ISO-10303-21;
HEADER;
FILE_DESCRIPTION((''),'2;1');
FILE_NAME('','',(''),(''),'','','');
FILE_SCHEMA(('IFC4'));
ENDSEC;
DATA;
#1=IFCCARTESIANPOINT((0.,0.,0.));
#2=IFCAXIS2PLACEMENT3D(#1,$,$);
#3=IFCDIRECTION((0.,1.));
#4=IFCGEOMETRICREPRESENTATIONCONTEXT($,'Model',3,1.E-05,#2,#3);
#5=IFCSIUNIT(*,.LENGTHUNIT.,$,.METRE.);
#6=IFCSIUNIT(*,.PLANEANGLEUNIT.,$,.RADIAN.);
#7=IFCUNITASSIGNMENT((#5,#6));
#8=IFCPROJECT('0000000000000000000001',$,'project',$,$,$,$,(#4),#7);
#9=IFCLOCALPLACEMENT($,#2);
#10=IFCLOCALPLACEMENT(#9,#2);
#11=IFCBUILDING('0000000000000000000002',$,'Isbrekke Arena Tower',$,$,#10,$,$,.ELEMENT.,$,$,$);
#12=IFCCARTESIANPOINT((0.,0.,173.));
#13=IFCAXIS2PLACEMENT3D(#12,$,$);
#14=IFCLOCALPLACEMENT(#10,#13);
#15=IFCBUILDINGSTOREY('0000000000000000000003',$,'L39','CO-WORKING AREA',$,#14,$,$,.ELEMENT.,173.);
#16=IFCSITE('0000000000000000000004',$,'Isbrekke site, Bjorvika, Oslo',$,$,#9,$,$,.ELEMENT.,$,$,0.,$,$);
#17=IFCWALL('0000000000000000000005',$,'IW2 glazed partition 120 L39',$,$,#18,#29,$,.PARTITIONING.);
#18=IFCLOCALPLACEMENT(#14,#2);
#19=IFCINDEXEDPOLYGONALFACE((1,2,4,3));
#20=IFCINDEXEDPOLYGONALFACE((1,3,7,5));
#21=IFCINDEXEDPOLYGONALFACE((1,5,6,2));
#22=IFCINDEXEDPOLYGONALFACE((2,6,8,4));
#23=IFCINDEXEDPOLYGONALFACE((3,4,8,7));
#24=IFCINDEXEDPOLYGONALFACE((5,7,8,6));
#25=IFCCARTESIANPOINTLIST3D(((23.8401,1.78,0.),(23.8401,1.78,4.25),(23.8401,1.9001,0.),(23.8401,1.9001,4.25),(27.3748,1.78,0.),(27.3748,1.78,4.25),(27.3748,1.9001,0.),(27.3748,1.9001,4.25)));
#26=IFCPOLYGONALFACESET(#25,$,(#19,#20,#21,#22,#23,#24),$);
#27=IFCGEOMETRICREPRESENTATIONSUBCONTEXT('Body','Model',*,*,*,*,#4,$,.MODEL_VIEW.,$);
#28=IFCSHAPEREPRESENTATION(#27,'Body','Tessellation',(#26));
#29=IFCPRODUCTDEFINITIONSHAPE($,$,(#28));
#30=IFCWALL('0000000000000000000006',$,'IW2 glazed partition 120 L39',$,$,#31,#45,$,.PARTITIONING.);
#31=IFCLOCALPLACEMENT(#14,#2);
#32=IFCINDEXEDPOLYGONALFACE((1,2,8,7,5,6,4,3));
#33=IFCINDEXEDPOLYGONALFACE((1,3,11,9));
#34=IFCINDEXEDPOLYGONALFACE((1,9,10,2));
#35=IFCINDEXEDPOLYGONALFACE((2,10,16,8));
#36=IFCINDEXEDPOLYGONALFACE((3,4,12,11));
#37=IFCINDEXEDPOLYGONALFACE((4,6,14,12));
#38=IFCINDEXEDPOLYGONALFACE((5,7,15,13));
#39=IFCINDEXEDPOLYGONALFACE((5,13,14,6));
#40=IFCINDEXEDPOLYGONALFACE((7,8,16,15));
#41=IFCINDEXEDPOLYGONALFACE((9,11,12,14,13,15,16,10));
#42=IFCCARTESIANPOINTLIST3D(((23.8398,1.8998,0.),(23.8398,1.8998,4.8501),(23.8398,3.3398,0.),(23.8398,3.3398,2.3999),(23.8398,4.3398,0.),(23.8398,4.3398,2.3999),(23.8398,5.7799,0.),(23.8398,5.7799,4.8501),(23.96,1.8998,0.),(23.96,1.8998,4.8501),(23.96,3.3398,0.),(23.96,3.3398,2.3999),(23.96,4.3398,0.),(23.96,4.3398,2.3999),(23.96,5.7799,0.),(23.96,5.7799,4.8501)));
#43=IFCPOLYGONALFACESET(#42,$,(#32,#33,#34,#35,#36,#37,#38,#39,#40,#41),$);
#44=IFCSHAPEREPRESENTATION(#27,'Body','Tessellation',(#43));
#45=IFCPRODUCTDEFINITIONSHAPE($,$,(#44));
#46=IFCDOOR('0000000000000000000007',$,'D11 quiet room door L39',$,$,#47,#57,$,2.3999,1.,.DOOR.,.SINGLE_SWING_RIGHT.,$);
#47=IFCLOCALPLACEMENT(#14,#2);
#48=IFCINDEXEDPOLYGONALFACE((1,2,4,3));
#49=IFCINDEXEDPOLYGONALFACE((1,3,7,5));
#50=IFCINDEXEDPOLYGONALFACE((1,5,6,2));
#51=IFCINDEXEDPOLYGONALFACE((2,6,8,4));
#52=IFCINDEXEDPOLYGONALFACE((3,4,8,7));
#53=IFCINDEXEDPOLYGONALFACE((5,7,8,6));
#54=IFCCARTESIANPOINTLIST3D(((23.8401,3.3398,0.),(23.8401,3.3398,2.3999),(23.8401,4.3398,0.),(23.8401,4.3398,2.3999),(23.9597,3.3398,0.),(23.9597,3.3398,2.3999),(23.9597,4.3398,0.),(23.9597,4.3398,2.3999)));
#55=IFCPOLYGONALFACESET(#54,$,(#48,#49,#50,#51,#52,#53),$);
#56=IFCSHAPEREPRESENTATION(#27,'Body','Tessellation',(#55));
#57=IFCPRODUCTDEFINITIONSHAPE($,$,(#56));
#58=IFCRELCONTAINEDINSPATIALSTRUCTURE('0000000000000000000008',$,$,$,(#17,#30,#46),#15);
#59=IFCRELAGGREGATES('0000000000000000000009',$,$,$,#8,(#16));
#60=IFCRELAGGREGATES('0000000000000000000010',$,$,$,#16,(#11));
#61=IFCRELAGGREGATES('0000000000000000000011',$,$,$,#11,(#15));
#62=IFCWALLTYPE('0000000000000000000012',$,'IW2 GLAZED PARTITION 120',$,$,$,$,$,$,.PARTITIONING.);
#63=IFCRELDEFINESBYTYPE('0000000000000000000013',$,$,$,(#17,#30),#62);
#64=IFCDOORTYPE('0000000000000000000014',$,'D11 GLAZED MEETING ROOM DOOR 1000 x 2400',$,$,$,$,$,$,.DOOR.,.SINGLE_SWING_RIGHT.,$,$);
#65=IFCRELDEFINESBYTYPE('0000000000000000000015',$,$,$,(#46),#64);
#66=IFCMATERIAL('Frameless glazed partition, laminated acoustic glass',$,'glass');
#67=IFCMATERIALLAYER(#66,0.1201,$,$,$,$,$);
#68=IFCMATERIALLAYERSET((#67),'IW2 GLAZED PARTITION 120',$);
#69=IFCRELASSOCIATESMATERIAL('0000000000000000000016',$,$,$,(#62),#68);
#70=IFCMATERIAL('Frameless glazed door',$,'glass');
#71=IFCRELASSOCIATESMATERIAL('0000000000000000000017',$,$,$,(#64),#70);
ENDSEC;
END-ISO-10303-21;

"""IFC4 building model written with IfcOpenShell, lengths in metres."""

from ifc_helpers import new_model, si_unit, direction, frame, frame_2d, origin, place, context, subcontext, project, spatial, rectangle, extrude, material, layer, layer_set, type_object, element, fill, save


model = new_model("IFC4")

# Units and contexts
model_context = context("Model", 3, precision=1e-05, world=origin(), true_north=direction((0.0, 1.0)))
body_context = subcontext(model_context, "Body", "Model", "MODEL_VIEW")
ifc_project = project(units=[si_unit("LENGTHUNIT", "METRE"), si_unit("PLANEANGLEUNIT", "RADIAN")], contexts=[model_context])

# Site, building, storey
site_placement = place(None, origin())
site = spatial("IfcSite", under=ifc_project, at=site_placement, Name="Isbrekke site, Bjorvika, Oslo", CompositionType="ELEMENT", RefElevation=0.0)
building_placement = place(site_placement, origin())
building = spatial("IfcBuilding", under=site, at=building_placement, Name="Isbrekke Arena Tower", CompositionType="ELEMENT")
storey_placement = place(building_placement, frame((0.0, 0.0, 173.0)))
storey = spatial("IfcBuildingStorey", under=building, at=storey_placement, Name="L39", Description="CO-WORKING AREA", CompositionType="ELEMENT", Elevation=173.0)

# Wall
ifc_material_1 = material(Name="Frameless glazed partition, laminated acoustic glass", Category="glass")
ifc_layer_1 = layer(ifc_material_1, 0.1201)
ifc_layer_set_1 = layer_set([ifc_layer_1], Name="IW2 GLAZED PARTITION 120")
wall_type = type_object("IfcWallType", Name="IW2 GLAZED PARTITION 120", PredefinedType="PARTITIONING", material=ifc_layer_set_1)
wall_1_placement = place(storey_placement, frame((23.8401, 1.8401, 0.0), z_axis=(0.0, 0.0, 1.0), x_axis=(1.0, 0.0, 0.0)))
element("IfcWall", 1, at=wall_1_placement, inside=storey, type_object=wall_type, Name="IW2 glazed partition 120 L39", PredefinedType="PARTITIONING", context=body_context, shape_type="SweptSolid", body=[
    extrude(rectangle(XDim=3.5347, YDim=0.1201, at=frame_2d((1.7673, 0.0))), origin(), (0.0, 0.0, 1.0), 4.25),
])

# Wall, opening, door
wall_2_placement = place(storey_placement, frame((23.8999, 1.8999, 0.0), z_axis=(0.0, 0.0, 1.0), x_axis=(0.0, 1.0, 0.0)))
wall_2 = element("IfcWall", 2, at=wall_2_placement, inside=storey, type_object=wall_type, Name="IW2 glazed partition 120 L39", PredefinedType="PARTITIONING", context=body_context, shape_type="SweptSolid", body=[
    extrude(rectangle(XDim=3.8801, YDim=0.1201, at=frame_2d((1.9399, 0.0))), origin(), (0.0, 0.0, 1.0), 4.8501),
])
opening_placement = place(wall_2_placement, frame((1.4399, 0.0, 0.0)))
opening = element("IfcOpeningElement", 3, at=opening_placement, cuts=wall_2, PredefinedType="OPENING", context=body_context, shape_type="SweptSolid", body=[
    extrude(rectangle(XDim=1.0, YDim=2.3999, at=frame_2d((0.5, 1.2))), frame((0.0, 0.075, 0.0), z_axis=(0.0, -1.0, 0.0), x_axis=(1.0, 0.0, 0.0)), (0.0, 0.0, 1.0), 0.1499),
])
ifc_material_2 = material(Name="Frameless glazed door", Category="glass")
door_type = type_object("IfcDoorType", Name="D11 GLAZED MEETING ROOM DOOR 1000 x 2400", OperationType="SINGLE_SWING_RIGHT", PredefinedType="DOOR", material=ifc_material_2)
door_placement = place(opening_placement, origin())
door = element("IfcDoor", 4, at=door_placement, inside=storey, type_object=door_type, Name="D11 quiet room door L39", OperationType="SINGLE_SWING_RIGHT", OverallHeight=2.3999, OverallWidth=1.0, PredefinedType="DOOR", context=body_context, shape_type="SweptSolid", body=[
    extrude(rectangle(XDim=1.0, YDim=2.3999, at=frame_2d((0.5, 1.2))), frame((0.0, 0.0598, 0.0), z_axis=(0.0, -1.0, 0.0), x_axis=(1.0, 0.0, 0.0)), (0.0, 0.0, 1.0), 0.1196),
])
fill(opening, door)

save(model, "model.ifc")
